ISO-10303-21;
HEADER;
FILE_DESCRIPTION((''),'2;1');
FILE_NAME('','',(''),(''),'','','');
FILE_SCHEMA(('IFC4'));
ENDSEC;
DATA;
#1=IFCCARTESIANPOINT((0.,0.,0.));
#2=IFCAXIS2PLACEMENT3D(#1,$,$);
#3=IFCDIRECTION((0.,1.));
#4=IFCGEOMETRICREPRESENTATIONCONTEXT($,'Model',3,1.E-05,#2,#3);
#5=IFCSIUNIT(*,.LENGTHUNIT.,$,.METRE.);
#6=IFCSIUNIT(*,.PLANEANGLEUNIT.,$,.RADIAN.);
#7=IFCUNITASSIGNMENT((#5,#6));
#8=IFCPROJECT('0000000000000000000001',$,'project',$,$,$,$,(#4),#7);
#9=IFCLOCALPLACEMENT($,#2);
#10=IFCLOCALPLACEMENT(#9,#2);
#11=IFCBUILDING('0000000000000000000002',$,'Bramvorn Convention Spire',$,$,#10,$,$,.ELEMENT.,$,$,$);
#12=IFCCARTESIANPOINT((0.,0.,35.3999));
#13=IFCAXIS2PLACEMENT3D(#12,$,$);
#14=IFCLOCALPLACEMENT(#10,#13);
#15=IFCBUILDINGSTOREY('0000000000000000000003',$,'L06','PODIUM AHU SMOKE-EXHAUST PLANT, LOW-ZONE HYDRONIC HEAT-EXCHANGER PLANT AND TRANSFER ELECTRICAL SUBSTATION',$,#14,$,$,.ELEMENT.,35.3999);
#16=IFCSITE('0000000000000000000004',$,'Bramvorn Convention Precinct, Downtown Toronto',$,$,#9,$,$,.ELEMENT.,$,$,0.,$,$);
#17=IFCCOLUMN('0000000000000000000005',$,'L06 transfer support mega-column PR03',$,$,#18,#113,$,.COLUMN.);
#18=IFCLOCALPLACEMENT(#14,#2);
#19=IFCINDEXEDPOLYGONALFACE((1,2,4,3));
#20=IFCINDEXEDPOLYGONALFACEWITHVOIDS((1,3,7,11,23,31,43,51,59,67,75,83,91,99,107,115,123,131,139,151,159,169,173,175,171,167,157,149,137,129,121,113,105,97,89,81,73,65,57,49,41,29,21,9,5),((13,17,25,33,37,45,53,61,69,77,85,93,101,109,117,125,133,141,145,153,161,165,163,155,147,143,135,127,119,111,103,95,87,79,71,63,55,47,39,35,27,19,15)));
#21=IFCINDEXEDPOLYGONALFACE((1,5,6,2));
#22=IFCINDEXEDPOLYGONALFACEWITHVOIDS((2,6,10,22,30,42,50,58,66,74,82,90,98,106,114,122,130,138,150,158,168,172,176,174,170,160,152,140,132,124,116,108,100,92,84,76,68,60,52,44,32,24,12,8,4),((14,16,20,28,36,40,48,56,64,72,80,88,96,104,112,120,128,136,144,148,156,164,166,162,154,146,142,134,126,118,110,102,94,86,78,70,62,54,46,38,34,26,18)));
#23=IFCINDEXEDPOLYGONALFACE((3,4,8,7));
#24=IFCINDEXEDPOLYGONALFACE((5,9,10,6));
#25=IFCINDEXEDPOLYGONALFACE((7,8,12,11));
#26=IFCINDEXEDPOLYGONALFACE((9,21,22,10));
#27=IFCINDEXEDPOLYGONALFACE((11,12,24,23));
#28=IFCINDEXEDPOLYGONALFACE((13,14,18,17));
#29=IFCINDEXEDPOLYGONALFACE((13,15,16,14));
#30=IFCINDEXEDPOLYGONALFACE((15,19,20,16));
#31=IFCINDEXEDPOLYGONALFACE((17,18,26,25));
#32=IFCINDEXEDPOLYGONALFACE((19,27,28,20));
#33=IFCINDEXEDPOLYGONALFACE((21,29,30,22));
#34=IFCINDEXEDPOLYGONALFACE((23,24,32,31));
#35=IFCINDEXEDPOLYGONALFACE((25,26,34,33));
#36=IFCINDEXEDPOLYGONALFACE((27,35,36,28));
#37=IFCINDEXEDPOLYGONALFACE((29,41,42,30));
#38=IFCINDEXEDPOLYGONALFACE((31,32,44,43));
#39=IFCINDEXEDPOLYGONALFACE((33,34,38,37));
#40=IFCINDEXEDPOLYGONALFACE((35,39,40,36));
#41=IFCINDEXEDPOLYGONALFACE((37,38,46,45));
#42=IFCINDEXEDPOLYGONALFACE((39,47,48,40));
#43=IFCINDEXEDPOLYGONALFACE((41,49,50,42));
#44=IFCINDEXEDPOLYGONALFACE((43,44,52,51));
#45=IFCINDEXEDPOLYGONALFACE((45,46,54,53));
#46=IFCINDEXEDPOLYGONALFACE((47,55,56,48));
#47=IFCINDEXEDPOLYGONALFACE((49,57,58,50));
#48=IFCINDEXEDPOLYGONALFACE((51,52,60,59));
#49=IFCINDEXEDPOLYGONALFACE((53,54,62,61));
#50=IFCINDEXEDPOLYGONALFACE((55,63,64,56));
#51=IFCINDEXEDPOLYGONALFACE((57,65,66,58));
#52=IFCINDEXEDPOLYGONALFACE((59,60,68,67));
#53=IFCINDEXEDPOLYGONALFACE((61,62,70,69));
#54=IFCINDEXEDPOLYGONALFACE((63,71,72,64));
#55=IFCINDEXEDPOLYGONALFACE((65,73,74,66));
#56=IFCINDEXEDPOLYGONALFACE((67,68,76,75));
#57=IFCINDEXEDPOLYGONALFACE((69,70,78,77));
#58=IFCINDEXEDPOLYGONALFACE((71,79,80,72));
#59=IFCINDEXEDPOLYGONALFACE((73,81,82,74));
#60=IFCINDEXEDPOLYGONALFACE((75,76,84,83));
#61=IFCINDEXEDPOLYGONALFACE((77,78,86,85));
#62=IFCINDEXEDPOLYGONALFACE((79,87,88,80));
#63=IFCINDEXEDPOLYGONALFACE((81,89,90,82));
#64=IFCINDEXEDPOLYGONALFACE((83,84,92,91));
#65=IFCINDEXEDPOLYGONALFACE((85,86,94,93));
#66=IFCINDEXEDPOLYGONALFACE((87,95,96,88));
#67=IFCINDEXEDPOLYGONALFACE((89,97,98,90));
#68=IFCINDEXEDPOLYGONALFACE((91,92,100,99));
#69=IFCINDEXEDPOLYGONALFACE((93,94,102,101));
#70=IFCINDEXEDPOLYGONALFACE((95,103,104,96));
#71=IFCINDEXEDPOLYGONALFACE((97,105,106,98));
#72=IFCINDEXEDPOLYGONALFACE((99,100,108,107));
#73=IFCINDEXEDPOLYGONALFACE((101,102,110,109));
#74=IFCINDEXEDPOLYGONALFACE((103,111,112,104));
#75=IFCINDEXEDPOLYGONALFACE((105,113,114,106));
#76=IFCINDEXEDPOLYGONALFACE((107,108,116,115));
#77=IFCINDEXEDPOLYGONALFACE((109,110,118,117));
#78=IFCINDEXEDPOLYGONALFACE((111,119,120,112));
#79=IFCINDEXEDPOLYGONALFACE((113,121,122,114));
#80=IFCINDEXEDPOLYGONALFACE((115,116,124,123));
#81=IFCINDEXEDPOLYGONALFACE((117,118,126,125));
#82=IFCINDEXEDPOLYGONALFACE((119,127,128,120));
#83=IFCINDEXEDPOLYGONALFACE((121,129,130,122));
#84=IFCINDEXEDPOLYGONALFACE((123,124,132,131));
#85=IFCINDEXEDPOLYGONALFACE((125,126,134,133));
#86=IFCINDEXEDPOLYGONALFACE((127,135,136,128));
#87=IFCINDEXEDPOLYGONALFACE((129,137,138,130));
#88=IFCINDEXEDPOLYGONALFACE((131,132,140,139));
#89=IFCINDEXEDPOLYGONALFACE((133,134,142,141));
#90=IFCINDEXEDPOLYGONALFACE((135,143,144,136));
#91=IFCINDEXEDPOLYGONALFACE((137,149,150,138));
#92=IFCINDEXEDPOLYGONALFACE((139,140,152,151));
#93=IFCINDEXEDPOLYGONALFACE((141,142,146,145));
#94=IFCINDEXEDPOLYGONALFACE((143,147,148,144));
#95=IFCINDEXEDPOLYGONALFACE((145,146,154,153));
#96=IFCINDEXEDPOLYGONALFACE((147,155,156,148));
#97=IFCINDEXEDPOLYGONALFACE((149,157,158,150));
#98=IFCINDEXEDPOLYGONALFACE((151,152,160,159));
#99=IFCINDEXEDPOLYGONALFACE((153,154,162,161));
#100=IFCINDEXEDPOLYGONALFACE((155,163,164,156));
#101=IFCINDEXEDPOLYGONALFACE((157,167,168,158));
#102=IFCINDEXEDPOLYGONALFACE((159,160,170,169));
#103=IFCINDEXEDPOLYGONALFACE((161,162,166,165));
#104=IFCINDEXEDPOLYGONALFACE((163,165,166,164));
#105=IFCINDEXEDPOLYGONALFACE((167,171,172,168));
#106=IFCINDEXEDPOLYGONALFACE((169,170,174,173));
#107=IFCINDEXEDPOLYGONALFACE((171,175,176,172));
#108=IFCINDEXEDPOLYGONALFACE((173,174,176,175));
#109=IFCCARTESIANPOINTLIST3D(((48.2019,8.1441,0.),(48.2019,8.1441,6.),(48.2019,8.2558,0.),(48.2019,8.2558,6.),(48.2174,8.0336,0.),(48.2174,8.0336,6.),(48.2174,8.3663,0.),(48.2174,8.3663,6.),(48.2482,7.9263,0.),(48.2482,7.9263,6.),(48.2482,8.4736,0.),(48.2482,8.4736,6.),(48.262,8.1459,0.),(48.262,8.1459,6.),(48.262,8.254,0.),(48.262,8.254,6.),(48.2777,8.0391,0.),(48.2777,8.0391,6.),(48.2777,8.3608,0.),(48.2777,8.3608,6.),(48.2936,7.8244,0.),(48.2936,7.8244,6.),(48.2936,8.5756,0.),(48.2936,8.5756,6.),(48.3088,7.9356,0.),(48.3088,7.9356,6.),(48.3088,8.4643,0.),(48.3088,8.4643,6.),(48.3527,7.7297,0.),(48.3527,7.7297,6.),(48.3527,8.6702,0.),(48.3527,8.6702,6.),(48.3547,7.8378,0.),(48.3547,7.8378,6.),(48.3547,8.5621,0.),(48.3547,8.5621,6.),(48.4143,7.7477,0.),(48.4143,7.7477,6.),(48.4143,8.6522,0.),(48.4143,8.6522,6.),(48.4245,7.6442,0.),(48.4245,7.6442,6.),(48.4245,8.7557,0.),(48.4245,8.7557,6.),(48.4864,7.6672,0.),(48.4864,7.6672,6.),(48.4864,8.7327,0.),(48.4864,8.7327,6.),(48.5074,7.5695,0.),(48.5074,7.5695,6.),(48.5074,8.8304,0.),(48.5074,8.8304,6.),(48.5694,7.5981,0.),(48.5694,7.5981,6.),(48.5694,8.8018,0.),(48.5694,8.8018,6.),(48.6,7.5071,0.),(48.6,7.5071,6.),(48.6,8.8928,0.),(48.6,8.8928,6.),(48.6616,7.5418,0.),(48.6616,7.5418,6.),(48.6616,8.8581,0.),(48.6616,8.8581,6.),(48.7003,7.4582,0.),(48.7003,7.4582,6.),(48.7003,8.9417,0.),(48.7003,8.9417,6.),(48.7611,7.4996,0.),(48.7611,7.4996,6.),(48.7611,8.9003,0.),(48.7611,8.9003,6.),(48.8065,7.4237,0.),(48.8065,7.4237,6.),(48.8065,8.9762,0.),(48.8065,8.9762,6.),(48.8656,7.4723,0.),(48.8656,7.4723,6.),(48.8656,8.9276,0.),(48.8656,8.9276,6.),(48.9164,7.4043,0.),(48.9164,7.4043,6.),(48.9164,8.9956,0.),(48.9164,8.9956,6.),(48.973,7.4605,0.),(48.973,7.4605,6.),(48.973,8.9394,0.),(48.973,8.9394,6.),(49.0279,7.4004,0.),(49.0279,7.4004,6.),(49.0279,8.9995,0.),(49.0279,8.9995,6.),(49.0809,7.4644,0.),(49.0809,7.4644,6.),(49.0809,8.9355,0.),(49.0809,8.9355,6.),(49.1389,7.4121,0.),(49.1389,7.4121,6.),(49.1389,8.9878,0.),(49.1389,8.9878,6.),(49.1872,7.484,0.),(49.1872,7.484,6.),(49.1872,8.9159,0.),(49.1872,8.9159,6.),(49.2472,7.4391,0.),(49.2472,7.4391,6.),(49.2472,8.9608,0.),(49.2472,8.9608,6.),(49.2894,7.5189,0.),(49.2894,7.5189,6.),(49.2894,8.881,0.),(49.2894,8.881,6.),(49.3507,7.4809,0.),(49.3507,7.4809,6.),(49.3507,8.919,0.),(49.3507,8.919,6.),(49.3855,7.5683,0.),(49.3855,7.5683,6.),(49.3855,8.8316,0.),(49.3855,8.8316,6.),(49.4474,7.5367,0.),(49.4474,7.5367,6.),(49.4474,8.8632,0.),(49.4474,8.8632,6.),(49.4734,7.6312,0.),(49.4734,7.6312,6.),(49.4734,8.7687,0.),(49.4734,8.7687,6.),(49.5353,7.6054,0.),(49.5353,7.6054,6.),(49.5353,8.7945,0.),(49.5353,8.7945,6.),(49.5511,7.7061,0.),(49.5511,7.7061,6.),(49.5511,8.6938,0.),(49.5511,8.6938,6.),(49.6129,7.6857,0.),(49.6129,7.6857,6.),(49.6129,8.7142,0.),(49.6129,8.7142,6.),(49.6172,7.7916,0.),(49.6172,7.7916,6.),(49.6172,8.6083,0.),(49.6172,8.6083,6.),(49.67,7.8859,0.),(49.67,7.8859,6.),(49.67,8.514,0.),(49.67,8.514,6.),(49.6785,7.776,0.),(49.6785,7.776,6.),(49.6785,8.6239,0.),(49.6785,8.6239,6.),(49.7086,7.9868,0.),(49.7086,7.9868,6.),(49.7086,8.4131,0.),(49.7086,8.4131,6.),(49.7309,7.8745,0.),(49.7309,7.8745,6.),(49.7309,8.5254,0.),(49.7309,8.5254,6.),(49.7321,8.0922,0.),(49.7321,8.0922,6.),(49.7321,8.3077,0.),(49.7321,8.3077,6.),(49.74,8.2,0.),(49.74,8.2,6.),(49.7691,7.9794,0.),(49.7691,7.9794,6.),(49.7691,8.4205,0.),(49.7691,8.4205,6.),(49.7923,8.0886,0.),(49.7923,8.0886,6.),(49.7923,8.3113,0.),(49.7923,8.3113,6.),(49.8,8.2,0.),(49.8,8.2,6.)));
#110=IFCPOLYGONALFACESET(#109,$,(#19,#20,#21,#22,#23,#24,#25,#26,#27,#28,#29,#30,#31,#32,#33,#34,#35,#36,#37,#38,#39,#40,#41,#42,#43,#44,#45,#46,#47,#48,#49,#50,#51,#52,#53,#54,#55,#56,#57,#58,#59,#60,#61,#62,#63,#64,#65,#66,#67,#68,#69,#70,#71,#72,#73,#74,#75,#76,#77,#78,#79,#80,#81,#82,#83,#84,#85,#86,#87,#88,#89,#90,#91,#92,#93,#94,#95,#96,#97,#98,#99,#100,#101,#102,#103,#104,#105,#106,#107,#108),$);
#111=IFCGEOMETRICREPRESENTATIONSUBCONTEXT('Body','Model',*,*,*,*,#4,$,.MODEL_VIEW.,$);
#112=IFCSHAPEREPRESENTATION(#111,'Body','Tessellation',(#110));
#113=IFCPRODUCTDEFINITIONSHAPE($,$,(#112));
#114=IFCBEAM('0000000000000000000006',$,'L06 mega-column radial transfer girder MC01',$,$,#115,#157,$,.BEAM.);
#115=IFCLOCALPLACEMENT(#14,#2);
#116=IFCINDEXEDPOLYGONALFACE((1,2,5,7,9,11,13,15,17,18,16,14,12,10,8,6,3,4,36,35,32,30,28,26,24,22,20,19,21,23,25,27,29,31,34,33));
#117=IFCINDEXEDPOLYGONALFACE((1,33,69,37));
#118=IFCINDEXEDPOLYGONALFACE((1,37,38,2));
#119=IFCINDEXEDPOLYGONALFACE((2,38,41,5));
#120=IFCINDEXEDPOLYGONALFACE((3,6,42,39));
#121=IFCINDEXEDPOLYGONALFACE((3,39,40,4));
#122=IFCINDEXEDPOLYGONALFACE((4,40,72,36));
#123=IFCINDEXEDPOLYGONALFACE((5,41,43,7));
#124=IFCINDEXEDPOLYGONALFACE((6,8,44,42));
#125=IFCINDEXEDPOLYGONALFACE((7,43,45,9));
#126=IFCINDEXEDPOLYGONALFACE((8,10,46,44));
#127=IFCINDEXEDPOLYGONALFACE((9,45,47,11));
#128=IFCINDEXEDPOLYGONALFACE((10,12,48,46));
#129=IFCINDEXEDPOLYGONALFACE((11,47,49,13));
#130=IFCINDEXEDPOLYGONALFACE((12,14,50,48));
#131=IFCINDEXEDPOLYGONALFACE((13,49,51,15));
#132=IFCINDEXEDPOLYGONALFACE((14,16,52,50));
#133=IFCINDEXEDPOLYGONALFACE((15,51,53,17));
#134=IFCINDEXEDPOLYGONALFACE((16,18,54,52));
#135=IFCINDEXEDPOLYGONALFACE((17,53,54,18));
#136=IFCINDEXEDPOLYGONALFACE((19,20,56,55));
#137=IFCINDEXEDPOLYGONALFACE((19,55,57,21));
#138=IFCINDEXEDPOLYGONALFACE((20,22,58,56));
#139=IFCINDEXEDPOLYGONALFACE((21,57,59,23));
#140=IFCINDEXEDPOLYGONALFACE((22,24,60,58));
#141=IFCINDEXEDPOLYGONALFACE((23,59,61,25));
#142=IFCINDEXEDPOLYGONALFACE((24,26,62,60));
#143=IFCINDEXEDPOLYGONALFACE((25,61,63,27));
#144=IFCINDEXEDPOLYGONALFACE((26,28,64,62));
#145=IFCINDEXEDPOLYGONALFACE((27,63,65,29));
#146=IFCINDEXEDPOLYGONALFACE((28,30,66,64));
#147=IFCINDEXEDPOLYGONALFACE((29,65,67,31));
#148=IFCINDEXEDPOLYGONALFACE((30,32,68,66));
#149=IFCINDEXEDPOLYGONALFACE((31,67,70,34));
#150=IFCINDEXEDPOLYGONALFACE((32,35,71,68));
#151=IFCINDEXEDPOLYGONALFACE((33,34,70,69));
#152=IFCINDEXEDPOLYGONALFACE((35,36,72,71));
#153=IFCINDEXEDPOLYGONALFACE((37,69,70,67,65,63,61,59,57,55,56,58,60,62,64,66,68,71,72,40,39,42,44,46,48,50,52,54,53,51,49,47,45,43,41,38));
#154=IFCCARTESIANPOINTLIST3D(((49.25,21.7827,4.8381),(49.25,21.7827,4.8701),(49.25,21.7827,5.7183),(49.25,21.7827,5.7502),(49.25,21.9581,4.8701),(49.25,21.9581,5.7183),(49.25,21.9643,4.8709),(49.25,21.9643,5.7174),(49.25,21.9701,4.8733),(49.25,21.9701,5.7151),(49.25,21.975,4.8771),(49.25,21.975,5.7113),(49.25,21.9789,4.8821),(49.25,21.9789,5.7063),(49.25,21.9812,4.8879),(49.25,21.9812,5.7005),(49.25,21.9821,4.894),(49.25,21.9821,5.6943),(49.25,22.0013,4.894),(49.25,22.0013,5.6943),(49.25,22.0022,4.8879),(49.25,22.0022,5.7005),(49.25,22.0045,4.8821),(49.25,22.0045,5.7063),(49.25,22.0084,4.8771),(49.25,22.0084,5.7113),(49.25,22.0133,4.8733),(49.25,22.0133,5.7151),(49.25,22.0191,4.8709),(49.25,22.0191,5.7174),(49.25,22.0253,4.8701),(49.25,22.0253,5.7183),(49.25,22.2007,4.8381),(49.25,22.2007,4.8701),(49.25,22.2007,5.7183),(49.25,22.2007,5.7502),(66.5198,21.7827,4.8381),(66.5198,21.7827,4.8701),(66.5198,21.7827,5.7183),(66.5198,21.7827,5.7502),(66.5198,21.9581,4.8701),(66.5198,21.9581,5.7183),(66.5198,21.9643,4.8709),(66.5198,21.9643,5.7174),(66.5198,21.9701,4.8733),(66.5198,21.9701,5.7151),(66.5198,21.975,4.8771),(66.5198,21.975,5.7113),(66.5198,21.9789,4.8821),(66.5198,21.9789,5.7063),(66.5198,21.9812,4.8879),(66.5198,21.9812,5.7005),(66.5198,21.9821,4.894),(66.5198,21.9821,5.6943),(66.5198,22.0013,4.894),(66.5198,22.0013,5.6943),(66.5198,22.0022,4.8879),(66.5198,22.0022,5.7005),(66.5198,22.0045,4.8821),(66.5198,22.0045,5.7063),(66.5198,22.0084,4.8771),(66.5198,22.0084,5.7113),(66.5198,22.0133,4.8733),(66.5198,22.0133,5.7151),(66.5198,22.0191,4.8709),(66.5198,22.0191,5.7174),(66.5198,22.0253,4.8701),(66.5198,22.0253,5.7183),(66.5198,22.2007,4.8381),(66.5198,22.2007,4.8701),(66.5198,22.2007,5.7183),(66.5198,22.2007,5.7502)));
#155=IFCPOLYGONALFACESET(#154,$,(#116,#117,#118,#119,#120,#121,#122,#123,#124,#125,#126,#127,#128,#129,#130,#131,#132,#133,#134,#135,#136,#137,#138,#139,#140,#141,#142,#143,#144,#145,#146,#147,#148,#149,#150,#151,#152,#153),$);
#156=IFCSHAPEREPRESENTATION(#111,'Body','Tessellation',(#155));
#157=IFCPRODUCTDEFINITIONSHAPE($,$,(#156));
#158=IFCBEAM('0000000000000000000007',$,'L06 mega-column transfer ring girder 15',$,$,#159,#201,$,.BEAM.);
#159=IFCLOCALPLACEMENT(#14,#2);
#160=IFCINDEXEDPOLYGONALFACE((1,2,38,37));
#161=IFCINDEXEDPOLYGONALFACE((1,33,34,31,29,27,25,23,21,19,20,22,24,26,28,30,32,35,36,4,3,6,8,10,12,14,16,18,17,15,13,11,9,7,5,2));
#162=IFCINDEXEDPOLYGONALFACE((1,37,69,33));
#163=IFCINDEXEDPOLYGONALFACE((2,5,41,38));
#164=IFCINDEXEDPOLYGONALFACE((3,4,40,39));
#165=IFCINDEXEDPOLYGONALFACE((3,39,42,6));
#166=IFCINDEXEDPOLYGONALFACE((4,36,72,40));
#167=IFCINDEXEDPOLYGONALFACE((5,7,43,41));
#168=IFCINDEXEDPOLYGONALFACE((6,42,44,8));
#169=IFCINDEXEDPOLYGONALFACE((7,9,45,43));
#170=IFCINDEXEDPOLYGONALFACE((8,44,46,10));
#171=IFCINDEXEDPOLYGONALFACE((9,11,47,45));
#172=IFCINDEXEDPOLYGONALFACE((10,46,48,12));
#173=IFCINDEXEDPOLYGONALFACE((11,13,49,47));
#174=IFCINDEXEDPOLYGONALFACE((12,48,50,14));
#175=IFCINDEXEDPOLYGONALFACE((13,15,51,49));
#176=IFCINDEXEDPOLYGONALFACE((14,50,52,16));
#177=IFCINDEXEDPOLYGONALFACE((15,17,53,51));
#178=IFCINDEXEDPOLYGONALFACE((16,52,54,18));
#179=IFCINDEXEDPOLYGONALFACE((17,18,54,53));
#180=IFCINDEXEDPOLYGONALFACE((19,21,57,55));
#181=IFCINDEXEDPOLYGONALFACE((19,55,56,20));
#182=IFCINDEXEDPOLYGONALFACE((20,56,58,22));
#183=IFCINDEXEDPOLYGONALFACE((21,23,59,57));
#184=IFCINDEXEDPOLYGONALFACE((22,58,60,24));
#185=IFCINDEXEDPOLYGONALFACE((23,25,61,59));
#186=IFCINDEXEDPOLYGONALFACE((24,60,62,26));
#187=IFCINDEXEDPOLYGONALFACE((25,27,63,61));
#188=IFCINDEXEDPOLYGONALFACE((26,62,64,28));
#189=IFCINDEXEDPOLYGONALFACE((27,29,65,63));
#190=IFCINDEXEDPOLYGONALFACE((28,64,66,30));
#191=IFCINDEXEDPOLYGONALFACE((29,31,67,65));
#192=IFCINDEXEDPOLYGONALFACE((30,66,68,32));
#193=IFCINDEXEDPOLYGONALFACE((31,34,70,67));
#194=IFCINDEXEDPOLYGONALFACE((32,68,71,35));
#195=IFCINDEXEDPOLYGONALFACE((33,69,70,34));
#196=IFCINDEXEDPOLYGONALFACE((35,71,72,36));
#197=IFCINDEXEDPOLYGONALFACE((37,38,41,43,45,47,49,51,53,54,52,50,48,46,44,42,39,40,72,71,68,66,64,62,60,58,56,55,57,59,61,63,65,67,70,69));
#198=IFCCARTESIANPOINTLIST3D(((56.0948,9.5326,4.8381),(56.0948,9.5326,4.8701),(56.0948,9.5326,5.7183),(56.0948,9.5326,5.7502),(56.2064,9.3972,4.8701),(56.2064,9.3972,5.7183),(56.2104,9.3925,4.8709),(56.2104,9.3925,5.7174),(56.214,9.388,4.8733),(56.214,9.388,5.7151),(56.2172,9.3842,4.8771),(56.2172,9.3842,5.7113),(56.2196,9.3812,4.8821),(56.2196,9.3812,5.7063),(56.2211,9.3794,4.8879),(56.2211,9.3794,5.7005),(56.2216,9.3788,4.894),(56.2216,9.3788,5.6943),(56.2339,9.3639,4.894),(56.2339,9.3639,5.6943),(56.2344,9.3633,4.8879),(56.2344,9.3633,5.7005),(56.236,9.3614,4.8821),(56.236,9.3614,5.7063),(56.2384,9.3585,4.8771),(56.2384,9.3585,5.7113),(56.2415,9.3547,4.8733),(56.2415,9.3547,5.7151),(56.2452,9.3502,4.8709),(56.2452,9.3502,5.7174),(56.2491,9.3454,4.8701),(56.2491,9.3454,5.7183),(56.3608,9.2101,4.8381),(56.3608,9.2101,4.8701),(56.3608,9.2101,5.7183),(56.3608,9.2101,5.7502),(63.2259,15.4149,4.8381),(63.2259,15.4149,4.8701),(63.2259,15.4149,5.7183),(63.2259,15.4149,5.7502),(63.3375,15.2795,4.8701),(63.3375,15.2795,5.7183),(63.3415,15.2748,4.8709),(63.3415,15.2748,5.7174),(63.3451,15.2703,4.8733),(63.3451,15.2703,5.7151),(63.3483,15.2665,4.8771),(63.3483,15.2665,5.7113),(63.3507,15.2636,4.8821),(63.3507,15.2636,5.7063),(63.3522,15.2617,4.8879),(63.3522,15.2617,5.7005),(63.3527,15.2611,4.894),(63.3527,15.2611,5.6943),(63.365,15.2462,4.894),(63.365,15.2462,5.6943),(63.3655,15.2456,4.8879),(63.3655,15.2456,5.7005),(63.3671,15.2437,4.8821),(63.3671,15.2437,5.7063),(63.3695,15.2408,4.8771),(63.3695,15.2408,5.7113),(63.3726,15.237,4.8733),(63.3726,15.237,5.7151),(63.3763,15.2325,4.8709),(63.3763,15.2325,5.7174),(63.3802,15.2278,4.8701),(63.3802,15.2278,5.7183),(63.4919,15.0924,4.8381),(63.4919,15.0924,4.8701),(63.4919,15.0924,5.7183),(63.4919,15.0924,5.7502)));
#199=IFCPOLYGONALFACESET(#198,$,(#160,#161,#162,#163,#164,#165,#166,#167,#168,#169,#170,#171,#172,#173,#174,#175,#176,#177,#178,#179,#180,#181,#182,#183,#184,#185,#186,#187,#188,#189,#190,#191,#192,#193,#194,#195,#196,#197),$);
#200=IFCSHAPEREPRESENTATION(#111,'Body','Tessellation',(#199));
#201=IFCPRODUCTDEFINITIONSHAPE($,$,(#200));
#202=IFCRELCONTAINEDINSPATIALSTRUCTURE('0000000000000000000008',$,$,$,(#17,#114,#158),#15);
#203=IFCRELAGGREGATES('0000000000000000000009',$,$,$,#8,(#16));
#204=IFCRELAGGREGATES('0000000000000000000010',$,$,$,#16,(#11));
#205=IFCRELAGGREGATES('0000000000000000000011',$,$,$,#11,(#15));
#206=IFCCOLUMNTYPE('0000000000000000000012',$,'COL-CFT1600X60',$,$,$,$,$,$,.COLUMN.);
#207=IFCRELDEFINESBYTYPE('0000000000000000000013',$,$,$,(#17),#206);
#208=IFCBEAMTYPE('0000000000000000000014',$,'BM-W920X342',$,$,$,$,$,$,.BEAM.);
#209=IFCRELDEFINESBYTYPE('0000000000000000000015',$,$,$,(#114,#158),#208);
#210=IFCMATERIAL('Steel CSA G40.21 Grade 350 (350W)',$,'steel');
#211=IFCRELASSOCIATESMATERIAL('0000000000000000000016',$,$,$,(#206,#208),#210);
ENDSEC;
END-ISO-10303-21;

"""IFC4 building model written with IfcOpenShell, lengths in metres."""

from ifc_helpers import new_model, si_unit, direction, frame, origin, origin_2d, place, context, subcontext, project, spatial, hollow_circle, i_section, extrude, material, material_profile, profile_set, type_object, element, save


model = new_model("IFC4")

# Units and contexts
model_context = context("Model", 3, precision=1e-05, world=origin(), true_north=direction((0.0, 1.0)))
body_context = subcontext(model_context, "Body", "Model", "MODEL_VIEW")
ifc_project = project(units=[si_unit("LENGTHUNIT", "METRE"), si_unit("PLANEANGLEUNIT", "RADIAN")], contexts=[model_context])

# Site, building, storey
site_placement = place(None, origin())
site = spatial("IfcSite", under=ifc_project, at=site_placement, Name="Bramvorn Convention Precinct, Downtown Toronto", CompositionType="ELEMENT", RefElevation=0.0)
building_placement = place(site_placement, origin())
building = spatial("IfcBuilding", under=site, at=building_placement, Name="Bramvorn Convention Spire", CompositionType="ELEMENT")
storey_placement = place(building_placement, frame((0.0, 0.0, 35.3999)))
storey = spatial("IfcBuildingStorey", under=building, at=storey_placement, Name="L06", Description="PODIUM AHU SMOKE-EXHAUST PLANT, LOW-ZONE HYDRONIC HEAT-EXCHANGER PLANT AND TRANSFER ELECTRICAL SUBSTATION", CompositionType="ELEMENT", Elevation=35.3999)

# Column
ifc_material_1 = material(Name="Steel CSA G40.21 Grade 350 (350W)", Category="steel")
ifc_material_profile_1 = material_profile(ifc_material_1, hollow_circle(Radius=0.8, WallThickness=0.0601, at=origin_2d()))
ifc_profile_set_1 = profile_set([ifc_material_profile_1], Name="Steel CSA G40.21 Grade 350 (350W) - CFT1600X60")
column_type = type_object("IfcColumnType", Name="COL-CFT1600X60", PredefinedType="COLUMN", material=ifc_profile_set_1)
column_placement = place(storey_placement, frame((49.0, 8.2, 0.0), z_axis=(0.0, 0.0, 1.0), x_axis=(1.0, 0.0, 0.0)))
element("IfcColumn", 1, at=column_placement, inside=storey, type_object=column_type, Name="L06 transfer support mega-column PR03", PredefinedType="COLUMN", context=body_context, shape_type="SweptSolid", body=[
    extrude(hollow_circle(Radius=0.8, WallThickness=0.0601, at=origin_2d()), origin(), (0.0, 0.0, 1.0), 6.0),
])

# Beams
ifc_material_profile_2 = material_profile(ifc_material_1, i_section(OverallWidth=0.418, OverallDepth=0.9121, WebThickness=0.0193, FlangeThickness=0.032, FilletRadius=0.0239, at=origin_2d()))
ifc_profile_set_2 = profile_set([ifc_material_profile_2], Name="Steel CSA G40.21 Grade 350 (350W) - W920X342")
beam_type = type_object("IfcBeamType", Name="BM-W920X342", PredefinedType="BEAM", material=ifc_profile_set_2)
beam_1_placement = place(storey_placement, frame((49.25, 21.9917, 5.2942), z_axis=(1.0, 0.0, 0.0), x_axis=(0.0, 1.0, 0.0)))
element("IfcBeam", 2, at=beam_1_placement, inside=storey, type_object=beam_type, Name="L06 mega-column radial transfer girder MC01", PredefinedType="BEAM", context=body_context, shape_type="SweptSolid", body=[
    extrude(i_section(OverallWidth=0.418, OverallDepth=0.9121, WebThickness=0.0193, FlangeThickness=0.032, FilletRadius=0.0239, at=origin_2d()), origin(), (0.0, 0.0, 1.0), 17.2698),
])
beam_2_placement = place(storey_placement, frame((56.2278, 9.3713, 5.2942), z_axis=(0.771418, 0.636329, 0.0), x_axis=(-0.636329, 0.771418, 0.0)))
element("IfcBeam", 3, at=beam_2_placement, inside=storey, type_object=beam_type, Name="L06 mega-column transfer ring girder 15", PredefinedType="BEAM", context=body_context, shape_type="SweptSolid", body=[
    extrude(i_section(OverallWidth=0.418, OverallDepth=0.9121, WebThickness=0.0193, FlangeThickness=0.032, FilletRadius=0.0239, at=origin_2d()), origin(), (0.0, 0.0, 1.0), 9.2441),
])

save(model, "model.ifc")
